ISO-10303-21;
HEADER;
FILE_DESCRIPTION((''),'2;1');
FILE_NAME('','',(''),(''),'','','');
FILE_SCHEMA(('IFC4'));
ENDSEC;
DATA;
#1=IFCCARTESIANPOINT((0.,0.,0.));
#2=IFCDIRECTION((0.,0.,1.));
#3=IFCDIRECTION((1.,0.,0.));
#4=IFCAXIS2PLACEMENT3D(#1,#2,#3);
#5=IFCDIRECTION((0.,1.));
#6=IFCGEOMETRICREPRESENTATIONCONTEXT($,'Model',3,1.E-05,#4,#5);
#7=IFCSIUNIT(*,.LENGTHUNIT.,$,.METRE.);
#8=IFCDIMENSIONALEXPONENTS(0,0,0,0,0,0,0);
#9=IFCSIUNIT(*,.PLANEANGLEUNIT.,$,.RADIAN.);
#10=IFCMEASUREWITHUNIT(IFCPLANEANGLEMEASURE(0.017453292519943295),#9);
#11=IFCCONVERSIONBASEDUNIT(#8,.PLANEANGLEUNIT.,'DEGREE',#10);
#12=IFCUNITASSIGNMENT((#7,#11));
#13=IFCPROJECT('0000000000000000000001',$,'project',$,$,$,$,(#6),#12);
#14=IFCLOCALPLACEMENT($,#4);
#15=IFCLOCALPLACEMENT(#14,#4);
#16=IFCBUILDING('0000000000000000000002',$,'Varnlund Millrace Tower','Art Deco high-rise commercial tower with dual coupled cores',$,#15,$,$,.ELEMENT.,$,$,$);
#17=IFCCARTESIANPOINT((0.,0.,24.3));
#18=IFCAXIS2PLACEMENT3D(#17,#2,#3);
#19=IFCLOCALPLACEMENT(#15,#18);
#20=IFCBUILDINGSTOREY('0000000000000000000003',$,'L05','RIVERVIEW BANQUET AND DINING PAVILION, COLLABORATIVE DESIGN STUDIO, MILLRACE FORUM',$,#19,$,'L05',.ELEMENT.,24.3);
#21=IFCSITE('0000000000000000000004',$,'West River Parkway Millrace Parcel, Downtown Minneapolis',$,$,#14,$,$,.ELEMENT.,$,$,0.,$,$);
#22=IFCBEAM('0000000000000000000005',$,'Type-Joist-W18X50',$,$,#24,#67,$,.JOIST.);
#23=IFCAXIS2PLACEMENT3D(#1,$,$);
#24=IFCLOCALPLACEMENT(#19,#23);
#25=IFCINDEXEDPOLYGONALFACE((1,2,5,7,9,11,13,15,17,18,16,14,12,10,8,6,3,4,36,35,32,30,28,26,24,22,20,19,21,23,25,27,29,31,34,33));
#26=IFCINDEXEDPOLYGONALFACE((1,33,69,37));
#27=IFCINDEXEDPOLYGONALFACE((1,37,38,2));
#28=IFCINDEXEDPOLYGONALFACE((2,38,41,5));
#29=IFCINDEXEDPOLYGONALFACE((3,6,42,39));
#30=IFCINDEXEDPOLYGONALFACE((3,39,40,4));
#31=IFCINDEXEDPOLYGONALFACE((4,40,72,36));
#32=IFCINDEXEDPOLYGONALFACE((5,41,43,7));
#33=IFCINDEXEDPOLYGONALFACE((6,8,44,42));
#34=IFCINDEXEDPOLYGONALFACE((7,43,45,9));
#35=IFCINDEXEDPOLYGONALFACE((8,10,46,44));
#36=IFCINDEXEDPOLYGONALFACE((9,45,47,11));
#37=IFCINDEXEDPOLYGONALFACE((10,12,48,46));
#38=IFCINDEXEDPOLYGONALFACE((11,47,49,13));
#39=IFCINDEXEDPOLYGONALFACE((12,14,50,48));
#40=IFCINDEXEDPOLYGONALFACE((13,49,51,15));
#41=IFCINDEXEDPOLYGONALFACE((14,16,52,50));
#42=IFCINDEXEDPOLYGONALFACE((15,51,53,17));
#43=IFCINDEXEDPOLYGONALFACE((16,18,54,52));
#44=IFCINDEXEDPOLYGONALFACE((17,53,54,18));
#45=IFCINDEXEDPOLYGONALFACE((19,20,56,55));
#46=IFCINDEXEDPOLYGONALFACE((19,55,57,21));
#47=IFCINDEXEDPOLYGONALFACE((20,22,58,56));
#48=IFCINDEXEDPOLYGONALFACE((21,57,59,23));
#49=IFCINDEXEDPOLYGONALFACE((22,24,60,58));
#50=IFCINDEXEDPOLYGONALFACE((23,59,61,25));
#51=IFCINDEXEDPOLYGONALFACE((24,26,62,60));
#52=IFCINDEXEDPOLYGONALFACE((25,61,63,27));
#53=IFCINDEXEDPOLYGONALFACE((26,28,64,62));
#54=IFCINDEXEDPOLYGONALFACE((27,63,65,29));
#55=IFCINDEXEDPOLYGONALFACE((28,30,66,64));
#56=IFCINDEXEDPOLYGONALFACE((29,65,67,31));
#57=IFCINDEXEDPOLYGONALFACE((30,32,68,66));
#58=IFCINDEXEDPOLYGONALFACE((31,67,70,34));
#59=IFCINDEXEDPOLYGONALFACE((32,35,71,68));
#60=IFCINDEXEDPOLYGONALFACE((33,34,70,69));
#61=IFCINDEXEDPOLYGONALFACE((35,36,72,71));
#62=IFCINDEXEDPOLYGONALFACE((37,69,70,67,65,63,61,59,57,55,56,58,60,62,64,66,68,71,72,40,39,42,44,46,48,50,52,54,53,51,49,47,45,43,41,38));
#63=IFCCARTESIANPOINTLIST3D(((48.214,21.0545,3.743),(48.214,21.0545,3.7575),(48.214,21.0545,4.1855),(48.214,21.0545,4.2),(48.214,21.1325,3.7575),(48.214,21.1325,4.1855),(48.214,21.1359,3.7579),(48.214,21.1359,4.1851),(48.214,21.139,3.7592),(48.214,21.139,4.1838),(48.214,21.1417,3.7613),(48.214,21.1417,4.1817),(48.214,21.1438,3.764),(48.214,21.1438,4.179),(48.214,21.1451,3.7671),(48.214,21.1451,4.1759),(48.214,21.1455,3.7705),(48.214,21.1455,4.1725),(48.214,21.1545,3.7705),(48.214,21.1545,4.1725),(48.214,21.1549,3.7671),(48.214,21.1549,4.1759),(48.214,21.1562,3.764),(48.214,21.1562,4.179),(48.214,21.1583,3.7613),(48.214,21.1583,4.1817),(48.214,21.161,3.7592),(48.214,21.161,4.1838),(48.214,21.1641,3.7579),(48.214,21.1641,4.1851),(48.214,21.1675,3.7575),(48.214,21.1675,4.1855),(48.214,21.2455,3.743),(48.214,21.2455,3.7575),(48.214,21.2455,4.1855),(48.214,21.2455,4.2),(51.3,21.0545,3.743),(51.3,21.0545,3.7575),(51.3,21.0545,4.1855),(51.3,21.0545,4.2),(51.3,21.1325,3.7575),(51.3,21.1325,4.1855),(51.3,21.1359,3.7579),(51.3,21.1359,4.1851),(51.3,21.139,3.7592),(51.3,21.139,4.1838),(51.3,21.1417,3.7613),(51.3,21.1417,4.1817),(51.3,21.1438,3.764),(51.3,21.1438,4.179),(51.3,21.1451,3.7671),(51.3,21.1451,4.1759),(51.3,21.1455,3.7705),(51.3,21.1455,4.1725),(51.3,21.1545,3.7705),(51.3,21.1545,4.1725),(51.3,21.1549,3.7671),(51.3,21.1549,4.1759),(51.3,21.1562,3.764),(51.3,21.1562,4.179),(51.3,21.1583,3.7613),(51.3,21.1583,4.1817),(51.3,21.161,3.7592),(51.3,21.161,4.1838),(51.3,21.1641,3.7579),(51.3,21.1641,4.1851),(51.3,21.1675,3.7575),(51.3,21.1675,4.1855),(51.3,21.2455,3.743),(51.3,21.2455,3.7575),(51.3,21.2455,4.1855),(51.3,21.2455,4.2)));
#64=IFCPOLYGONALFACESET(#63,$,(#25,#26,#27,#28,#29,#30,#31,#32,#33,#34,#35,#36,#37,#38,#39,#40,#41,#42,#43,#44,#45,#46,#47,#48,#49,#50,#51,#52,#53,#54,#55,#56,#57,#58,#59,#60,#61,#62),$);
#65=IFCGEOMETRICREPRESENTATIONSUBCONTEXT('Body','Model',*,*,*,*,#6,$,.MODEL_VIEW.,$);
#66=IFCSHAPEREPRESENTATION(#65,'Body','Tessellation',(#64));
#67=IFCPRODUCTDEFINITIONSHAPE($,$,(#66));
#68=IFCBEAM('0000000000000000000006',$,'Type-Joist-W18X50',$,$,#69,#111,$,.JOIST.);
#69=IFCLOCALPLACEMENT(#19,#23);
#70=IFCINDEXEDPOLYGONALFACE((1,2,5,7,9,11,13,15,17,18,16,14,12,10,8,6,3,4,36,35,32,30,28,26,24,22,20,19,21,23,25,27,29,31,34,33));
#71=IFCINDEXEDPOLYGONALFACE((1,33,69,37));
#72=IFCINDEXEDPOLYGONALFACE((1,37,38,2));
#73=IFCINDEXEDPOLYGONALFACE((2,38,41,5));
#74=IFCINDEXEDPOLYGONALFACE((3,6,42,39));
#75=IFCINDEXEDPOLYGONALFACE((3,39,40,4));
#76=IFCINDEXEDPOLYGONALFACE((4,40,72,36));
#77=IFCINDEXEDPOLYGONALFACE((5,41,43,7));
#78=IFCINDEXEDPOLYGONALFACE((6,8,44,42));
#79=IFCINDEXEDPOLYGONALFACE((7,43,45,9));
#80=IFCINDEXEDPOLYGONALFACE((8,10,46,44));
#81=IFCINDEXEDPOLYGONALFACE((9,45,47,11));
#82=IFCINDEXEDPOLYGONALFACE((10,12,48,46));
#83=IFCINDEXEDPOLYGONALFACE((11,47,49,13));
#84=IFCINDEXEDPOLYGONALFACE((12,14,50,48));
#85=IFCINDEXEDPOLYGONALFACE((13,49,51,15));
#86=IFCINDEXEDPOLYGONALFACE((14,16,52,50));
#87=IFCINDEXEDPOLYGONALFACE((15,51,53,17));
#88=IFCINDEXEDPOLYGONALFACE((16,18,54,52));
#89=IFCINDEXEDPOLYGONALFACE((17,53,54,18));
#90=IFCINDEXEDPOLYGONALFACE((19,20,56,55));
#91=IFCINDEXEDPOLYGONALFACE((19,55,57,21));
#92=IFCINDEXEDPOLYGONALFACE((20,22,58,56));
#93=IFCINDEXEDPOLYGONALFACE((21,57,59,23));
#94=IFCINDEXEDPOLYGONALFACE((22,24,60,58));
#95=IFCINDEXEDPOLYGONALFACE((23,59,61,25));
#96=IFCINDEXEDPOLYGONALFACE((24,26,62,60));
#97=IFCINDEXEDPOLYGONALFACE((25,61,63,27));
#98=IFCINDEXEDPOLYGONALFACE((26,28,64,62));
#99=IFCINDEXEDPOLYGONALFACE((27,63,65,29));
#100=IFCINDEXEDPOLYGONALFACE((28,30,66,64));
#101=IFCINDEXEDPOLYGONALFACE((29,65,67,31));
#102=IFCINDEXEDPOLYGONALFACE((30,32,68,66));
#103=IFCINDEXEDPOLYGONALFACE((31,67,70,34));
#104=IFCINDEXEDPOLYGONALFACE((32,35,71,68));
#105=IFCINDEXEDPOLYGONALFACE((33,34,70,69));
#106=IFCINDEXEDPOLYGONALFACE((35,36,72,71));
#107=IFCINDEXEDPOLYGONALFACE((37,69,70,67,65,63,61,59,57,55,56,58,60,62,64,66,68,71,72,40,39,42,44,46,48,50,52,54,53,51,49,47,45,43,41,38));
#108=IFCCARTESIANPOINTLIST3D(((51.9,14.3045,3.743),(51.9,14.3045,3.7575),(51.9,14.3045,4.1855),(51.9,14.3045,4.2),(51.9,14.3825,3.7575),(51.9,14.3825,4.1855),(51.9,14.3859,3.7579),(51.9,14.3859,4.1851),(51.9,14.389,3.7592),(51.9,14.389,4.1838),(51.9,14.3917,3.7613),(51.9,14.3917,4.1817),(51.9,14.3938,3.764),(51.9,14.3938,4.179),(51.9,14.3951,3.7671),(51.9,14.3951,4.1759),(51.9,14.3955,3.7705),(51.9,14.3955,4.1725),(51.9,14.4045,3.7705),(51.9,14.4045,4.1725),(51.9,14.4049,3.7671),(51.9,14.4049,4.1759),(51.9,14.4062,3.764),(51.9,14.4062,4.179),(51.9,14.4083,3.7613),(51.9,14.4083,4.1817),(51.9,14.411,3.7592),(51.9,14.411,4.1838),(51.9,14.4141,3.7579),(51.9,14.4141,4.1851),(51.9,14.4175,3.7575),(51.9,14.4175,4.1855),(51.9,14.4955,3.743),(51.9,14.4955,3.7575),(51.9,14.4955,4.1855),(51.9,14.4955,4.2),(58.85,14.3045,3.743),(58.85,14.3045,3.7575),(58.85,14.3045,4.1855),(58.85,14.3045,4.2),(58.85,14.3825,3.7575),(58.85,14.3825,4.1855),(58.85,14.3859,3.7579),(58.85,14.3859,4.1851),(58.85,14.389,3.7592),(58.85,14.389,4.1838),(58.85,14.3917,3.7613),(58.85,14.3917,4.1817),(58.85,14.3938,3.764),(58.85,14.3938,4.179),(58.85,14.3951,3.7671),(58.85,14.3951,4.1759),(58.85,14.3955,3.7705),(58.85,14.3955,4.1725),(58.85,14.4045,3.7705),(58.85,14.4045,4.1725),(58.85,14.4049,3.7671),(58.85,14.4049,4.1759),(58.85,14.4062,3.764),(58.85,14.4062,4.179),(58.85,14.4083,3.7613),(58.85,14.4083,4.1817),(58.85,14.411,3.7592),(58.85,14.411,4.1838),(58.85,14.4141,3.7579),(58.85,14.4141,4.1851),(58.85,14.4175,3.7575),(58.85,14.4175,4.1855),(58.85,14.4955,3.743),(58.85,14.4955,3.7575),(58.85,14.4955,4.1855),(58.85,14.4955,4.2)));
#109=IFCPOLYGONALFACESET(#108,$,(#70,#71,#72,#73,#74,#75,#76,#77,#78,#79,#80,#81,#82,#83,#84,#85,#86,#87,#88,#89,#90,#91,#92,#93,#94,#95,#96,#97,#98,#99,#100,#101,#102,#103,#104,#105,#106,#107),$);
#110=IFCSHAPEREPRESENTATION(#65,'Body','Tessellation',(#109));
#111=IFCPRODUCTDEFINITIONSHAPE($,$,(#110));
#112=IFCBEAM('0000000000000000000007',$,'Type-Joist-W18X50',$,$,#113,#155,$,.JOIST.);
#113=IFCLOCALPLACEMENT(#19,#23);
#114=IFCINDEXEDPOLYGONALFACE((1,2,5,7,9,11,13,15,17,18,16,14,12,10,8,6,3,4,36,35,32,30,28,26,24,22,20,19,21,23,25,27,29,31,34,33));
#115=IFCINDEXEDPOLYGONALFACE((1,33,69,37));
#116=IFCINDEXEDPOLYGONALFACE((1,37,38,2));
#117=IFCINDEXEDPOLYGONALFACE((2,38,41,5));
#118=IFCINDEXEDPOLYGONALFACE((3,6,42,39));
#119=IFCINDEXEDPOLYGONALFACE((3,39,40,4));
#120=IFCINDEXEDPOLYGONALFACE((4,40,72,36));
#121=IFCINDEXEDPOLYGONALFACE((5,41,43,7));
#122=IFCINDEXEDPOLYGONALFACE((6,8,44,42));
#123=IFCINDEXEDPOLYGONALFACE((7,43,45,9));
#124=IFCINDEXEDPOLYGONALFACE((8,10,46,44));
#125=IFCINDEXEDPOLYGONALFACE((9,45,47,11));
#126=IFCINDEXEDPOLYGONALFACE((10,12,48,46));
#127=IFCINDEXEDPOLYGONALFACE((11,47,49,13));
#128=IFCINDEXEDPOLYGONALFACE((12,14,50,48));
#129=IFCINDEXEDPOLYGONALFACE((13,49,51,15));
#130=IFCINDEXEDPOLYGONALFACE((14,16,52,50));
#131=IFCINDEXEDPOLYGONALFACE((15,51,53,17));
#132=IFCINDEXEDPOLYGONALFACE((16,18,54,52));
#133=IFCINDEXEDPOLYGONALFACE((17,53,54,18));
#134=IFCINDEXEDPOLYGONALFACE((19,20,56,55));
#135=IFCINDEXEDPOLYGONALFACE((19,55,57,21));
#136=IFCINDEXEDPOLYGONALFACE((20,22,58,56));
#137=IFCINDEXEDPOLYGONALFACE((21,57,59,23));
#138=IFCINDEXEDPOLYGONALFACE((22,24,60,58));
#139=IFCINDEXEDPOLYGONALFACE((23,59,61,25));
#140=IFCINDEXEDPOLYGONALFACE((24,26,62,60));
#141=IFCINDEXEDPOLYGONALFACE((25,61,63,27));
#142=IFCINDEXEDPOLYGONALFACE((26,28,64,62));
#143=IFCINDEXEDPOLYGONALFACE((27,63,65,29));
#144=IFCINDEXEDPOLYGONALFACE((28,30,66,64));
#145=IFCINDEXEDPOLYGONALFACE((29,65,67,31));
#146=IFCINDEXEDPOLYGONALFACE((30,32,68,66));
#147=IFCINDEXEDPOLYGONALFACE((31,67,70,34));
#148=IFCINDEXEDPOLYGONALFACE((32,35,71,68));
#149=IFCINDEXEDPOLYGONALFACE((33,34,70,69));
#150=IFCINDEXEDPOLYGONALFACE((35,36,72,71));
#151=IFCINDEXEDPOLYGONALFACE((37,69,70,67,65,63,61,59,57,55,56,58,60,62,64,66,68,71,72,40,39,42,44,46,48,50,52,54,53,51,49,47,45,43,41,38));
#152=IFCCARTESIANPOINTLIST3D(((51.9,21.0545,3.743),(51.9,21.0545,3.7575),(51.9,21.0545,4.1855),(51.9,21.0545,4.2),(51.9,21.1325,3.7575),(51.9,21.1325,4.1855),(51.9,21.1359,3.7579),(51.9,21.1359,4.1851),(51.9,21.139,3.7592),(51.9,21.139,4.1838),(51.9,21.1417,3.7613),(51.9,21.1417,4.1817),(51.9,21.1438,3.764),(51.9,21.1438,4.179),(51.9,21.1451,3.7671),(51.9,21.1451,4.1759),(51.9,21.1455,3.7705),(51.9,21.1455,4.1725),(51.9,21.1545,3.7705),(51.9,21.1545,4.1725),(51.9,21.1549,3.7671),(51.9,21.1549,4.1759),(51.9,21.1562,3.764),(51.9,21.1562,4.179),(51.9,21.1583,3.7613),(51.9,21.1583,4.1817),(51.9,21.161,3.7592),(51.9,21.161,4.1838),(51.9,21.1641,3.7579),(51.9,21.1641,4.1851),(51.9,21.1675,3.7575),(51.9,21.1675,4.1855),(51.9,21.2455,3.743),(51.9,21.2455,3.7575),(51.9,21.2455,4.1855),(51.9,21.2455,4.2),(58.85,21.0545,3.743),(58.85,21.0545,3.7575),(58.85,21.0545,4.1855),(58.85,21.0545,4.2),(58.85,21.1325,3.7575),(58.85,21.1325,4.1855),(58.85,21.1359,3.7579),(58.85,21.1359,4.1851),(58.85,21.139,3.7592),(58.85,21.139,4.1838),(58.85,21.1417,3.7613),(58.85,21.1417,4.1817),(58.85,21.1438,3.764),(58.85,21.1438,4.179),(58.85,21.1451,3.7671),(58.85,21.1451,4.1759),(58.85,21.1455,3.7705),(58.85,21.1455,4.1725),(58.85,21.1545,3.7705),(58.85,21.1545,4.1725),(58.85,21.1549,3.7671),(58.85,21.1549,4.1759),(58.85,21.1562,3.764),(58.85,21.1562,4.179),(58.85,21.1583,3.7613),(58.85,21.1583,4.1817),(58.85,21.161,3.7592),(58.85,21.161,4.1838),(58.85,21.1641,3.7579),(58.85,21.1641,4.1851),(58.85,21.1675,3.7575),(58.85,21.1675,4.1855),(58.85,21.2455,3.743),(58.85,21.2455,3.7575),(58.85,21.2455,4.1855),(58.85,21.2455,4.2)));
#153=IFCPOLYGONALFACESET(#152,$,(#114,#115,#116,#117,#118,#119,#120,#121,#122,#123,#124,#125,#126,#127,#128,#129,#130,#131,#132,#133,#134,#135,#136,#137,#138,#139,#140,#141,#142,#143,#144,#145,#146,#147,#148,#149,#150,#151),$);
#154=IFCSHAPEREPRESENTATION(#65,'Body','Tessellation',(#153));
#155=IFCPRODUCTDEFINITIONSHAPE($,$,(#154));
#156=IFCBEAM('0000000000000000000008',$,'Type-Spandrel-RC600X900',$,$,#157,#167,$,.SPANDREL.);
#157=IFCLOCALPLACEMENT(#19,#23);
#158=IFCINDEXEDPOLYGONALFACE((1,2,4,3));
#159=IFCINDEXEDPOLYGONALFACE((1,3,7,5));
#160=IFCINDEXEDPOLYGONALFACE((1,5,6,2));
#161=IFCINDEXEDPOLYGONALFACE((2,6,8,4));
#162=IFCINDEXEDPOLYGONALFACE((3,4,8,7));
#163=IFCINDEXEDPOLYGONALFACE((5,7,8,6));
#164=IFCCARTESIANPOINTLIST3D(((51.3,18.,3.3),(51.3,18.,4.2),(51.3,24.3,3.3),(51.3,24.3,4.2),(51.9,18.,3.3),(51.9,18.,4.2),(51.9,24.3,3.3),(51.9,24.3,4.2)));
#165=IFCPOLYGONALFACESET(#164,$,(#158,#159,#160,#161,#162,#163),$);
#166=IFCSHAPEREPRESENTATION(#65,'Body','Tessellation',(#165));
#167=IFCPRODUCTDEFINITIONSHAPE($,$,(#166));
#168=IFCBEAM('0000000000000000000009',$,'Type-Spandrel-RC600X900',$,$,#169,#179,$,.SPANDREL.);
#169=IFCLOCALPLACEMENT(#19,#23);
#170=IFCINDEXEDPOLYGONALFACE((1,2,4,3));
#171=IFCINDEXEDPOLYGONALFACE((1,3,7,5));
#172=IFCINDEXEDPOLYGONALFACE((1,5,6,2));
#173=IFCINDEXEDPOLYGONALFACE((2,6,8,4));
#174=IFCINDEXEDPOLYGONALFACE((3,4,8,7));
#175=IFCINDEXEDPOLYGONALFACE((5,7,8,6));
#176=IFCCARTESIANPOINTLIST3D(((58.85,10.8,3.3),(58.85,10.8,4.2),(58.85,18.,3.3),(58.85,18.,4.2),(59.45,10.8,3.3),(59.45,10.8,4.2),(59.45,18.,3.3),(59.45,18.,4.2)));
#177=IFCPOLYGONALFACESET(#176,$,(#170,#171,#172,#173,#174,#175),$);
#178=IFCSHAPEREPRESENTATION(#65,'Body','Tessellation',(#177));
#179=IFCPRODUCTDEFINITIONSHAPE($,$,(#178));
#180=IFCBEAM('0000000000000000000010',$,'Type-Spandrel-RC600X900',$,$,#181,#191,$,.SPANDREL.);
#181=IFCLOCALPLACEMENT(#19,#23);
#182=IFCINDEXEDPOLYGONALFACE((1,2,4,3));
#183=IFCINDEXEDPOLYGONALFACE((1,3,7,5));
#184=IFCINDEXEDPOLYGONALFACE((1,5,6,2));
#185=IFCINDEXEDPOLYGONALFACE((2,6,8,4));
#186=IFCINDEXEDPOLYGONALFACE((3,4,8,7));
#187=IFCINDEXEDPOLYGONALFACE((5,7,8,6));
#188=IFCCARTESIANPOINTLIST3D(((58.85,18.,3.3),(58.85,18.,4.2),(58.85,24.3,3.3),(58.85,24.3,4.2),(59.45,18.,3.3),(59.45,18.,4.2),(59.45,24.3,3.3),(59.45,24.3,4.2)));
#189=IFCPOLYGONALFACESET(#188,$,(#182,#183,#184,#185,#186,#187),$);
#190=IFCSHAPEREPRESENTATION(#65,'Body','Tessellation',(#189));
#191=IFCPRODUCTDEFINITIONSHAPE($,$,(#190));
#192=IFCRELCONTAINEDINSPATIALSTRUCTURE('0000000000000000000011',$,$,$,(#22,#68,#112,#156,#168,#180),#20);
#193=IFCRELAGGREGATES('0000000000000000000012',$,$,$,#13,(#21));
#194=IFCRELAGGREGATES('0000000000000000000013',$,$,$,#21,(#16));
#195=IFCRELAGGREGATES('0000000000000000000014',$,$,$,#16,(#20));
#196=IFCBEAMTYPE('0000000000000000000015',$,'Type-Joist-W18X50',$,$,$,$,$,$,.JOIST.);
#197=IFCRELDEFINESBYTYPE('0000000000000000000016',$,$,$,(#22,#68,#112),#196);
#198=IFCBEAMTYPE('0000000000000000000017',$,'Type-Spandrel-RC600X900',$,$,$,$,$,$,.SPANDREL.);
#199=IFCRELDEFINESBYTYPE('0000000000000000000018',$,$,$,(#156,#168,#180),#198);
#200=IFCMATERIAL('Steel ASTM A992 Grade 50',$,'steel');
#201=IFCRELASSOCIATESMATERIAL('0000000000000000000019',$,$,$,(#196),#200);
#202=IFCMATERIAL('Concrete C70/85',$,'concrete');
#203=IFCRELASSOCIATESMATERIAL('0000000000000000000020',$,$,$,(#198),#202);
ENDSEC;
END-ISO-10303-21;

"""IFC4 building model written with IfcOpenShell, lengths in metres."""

from ifc_helpers import new_model, entity, si_unit, converted_unit, direction, frame, origin_with_axes, origin_2d_with_axis, place, context, subcontext, project, spatial, rectangle, i_section, extrude, material, material_profile, profile_set, type_object, element, save


model = new_model("IFC4")

# Units and contexts
model_context = context("Model", 3, precision=1e-05, world=origin_with_axes(), true_north=direction((0.0, 1.0)))
body_context = subcontext(model_context, "Body", "Model", "MODEL_VIEW")
ifc_project = project(units=[si_unit("LENGTHUNIT", "METRE"), converted_unit("PLANEANGLEUNIT", "DEGREE", entity("IfcPlaneAngleMeasure", 0.017453292519943295), si_unit("PLANEANGLEUNIT", "RADIAN"), dimensions=[0, 0, 0, 0, 0, 0, 0])], contexts=[model_context])

# Site, building, storey
site_placement = place(None, origin_with_axes())
site = spatial("IfcSite", under=ifc_project, at=site_placement, Name="West River Parkway Millrace Parcel, Downtown Minneapolis", CompositionType="ELEMENT", RefElevation=0.0)
building_placement = place(site_placement, origin_with_axes())
building = spatial("IfcBuilding", under=site, at=building_placement, Name="Varnlund Millrace Tower", Description="Art Deco high-rise commercial tower with dual coupled cores", CompositionType="ELEMENT")
storey_placement = place(building_placement, frame((0.0, 0.0, 24.3), z_axis=(0.0, 0.0, 1.0), x_axis=(1.0, 0.0, 0.0)))
storey = spatial("IfcBuildingStorey", under=building, at=storey_placement, Name="L05", Description="RIVERVIEW BANQUET AND DINING PAVILION, COLLABORATIVE DESIGN STUDIO, MILLRACE FORUM", LongName="L05", CompositionType="ELEMENT", Elevation=24.3)

# Beams
ifc_material_1 = material(Name="Steel ASTM A992 Grade 50", Category="steel")
ifc_material_profile_1 = material_profile(ifc_material_1, i_section(OverallWidth=0.191, OverallDepth=0.457, WebThickness=0.009, FlangeThickness=0.0145, FilletRadius=0.013, at=origin_2d_with_axis()), Name="Steel ASTM A992 Grade 50")
ifc_profile_set_1 = profile_set([ifc_material_profile_1], Name="Steel ASTM A992 Grade 50")
beam_type_1 = type_object("IfcBeamType", Name="Type-Joist-W18X50", PredefinedType="JOIST", material=ifc_profile_set_1)
for number, where, z_axis, x_axis, name in (
    (1, (48.214, 21.15, 3.9715), (1.0, 0.0, 0.0), (0.0, 1.0, 0.0), "Type-Joist-W18X50"),
):
    element("IfcBeam", number, at=place(storey_placement, frame(where, z_axis=z_axis, x_axis=x_axis)), inside=storey, type_object=beam_type_1, Name=name, PredefinedType="JOIST", context=body_context, shape_type="SweptSolid", body=[
        extrude(i_section(OverallWidth=0.191, OverallDepth=0.457, WebThickness=0.009, FlangeThickness=0.0145, FilletRadius=0.013, at=origin_2d_with_axis()), origin_with_axes(), (0.0, 0.0, 1.0), 3.086),
    ])
for number, where, z_axis, x_axis, name in (
    (2, (51.9, 14.4, 3.9715), (1.0, 0.0, 0.0), (0.0, 1.0, 0.0), "Type-Joist-W18X50"),
    (3, (51.9, 21.15, 3.9715), (1.0, 0.0, 0.0), (0.0, 1.0, 0.0), "Type-Joist-W18X50"),
):
    element("IfcBeam", number, at=place(storey_placement, frame(where, z_axis=z_axis, x_axis=x_axis)), inside=storey, type_object=beam_type_1, Name=name, PredefinedType="JOIST", context=body_context, shape_type="SweptSolid", body=[
        extrude(i_section(OverallWidth=0.191, OverallDepth=0.457, WebThickness=0.009, FlangeThickness=0.0145, FilletRadius=0.013, at=origin_2d_with_axis()), origin_with_axes(), (0.0, 0.0, 1.0), 6.95),
    ])
ifc_material_2 = material(Name="Concrete C70/85", Category="concrete")
ifc_material_profile_2 = material_profile(ifc_material_2, rectangle(XDim=0.6, YDim=0.9, at=origin_2d_with_axis()), Name="Concrete C70/85")
ifc_profile_set_2 = profile_set([ifc_material_profile_2], Name="Concrete C70/85")
beam_type_2 = type_object("IfcBeamType", Name="Type-Spandrel-RC600X900", PredefinedType="SPANDREL", material=ifc_profile_set_2)
beam_1_placement = place(storey_placement, frame((51.6, 18.0, 3.75), z_axis=(0.0, 1.0, 0.0), x_axis=(-1.0, 0.0, 0.0)))
element("IfcBeam", 4, at=beam_1_placement, inside=storey, type_object=beam_type_2, Name="Type-Spandrel-RC600X900", PredefinedType="SPANDREL", context=body_context, shape_type="SweptSolid", body=[
    extrude(rectangle(XDim=0.6, YDim=0.9, at=origin_2d_with_axis()), origin_with_axes(), (0.0, 0.0, 1.0), 6.3),
])
beam_2_placement = place(storey_placement, frame((59.15, 10.8, 3.75), z_axis=(0.0, 1.0, 0.0), x_axis=(-1.0, 0.0, 0.0)))
element("IfcBeam", 5, at=beam_2_placement, inside=storey, type_object=beam_type_2, Name="Type-Spandrel-RC600X900", PredefinedType="SPANDREL", context=body_context, shape_type="SweptSolid", body=[
    extrude(rectangle(XDim=0.6, YDim=0.9, at=origin_2d_with_axis()), origin_with_axes(), (0.0, 0.0, 1.0), 7.2),
])
beam_3_placement = place(storey_placement, frame((59.15, 18.0, 3.75), z_axis=(0.0, 1.0, 0.0), x_axis=(-1.0, 0.0, 0.0)))
element("IfcBeam", 6, at=beam_3_placement, inside=storey, type_object=beam_type_2, Name="Type-Spandrel-RC600X900", PredefinedType="SPANDREL", context=body_context, shape_type="SweptSolid", body=[
    extrude(rectangle(XDim=0.6, YDim=0.9, at=origin_2d_with_axis()), origin_with_axes(), (0.0, 0.0, 1.0), 6.3),
])

save(model, "model.ifc")
